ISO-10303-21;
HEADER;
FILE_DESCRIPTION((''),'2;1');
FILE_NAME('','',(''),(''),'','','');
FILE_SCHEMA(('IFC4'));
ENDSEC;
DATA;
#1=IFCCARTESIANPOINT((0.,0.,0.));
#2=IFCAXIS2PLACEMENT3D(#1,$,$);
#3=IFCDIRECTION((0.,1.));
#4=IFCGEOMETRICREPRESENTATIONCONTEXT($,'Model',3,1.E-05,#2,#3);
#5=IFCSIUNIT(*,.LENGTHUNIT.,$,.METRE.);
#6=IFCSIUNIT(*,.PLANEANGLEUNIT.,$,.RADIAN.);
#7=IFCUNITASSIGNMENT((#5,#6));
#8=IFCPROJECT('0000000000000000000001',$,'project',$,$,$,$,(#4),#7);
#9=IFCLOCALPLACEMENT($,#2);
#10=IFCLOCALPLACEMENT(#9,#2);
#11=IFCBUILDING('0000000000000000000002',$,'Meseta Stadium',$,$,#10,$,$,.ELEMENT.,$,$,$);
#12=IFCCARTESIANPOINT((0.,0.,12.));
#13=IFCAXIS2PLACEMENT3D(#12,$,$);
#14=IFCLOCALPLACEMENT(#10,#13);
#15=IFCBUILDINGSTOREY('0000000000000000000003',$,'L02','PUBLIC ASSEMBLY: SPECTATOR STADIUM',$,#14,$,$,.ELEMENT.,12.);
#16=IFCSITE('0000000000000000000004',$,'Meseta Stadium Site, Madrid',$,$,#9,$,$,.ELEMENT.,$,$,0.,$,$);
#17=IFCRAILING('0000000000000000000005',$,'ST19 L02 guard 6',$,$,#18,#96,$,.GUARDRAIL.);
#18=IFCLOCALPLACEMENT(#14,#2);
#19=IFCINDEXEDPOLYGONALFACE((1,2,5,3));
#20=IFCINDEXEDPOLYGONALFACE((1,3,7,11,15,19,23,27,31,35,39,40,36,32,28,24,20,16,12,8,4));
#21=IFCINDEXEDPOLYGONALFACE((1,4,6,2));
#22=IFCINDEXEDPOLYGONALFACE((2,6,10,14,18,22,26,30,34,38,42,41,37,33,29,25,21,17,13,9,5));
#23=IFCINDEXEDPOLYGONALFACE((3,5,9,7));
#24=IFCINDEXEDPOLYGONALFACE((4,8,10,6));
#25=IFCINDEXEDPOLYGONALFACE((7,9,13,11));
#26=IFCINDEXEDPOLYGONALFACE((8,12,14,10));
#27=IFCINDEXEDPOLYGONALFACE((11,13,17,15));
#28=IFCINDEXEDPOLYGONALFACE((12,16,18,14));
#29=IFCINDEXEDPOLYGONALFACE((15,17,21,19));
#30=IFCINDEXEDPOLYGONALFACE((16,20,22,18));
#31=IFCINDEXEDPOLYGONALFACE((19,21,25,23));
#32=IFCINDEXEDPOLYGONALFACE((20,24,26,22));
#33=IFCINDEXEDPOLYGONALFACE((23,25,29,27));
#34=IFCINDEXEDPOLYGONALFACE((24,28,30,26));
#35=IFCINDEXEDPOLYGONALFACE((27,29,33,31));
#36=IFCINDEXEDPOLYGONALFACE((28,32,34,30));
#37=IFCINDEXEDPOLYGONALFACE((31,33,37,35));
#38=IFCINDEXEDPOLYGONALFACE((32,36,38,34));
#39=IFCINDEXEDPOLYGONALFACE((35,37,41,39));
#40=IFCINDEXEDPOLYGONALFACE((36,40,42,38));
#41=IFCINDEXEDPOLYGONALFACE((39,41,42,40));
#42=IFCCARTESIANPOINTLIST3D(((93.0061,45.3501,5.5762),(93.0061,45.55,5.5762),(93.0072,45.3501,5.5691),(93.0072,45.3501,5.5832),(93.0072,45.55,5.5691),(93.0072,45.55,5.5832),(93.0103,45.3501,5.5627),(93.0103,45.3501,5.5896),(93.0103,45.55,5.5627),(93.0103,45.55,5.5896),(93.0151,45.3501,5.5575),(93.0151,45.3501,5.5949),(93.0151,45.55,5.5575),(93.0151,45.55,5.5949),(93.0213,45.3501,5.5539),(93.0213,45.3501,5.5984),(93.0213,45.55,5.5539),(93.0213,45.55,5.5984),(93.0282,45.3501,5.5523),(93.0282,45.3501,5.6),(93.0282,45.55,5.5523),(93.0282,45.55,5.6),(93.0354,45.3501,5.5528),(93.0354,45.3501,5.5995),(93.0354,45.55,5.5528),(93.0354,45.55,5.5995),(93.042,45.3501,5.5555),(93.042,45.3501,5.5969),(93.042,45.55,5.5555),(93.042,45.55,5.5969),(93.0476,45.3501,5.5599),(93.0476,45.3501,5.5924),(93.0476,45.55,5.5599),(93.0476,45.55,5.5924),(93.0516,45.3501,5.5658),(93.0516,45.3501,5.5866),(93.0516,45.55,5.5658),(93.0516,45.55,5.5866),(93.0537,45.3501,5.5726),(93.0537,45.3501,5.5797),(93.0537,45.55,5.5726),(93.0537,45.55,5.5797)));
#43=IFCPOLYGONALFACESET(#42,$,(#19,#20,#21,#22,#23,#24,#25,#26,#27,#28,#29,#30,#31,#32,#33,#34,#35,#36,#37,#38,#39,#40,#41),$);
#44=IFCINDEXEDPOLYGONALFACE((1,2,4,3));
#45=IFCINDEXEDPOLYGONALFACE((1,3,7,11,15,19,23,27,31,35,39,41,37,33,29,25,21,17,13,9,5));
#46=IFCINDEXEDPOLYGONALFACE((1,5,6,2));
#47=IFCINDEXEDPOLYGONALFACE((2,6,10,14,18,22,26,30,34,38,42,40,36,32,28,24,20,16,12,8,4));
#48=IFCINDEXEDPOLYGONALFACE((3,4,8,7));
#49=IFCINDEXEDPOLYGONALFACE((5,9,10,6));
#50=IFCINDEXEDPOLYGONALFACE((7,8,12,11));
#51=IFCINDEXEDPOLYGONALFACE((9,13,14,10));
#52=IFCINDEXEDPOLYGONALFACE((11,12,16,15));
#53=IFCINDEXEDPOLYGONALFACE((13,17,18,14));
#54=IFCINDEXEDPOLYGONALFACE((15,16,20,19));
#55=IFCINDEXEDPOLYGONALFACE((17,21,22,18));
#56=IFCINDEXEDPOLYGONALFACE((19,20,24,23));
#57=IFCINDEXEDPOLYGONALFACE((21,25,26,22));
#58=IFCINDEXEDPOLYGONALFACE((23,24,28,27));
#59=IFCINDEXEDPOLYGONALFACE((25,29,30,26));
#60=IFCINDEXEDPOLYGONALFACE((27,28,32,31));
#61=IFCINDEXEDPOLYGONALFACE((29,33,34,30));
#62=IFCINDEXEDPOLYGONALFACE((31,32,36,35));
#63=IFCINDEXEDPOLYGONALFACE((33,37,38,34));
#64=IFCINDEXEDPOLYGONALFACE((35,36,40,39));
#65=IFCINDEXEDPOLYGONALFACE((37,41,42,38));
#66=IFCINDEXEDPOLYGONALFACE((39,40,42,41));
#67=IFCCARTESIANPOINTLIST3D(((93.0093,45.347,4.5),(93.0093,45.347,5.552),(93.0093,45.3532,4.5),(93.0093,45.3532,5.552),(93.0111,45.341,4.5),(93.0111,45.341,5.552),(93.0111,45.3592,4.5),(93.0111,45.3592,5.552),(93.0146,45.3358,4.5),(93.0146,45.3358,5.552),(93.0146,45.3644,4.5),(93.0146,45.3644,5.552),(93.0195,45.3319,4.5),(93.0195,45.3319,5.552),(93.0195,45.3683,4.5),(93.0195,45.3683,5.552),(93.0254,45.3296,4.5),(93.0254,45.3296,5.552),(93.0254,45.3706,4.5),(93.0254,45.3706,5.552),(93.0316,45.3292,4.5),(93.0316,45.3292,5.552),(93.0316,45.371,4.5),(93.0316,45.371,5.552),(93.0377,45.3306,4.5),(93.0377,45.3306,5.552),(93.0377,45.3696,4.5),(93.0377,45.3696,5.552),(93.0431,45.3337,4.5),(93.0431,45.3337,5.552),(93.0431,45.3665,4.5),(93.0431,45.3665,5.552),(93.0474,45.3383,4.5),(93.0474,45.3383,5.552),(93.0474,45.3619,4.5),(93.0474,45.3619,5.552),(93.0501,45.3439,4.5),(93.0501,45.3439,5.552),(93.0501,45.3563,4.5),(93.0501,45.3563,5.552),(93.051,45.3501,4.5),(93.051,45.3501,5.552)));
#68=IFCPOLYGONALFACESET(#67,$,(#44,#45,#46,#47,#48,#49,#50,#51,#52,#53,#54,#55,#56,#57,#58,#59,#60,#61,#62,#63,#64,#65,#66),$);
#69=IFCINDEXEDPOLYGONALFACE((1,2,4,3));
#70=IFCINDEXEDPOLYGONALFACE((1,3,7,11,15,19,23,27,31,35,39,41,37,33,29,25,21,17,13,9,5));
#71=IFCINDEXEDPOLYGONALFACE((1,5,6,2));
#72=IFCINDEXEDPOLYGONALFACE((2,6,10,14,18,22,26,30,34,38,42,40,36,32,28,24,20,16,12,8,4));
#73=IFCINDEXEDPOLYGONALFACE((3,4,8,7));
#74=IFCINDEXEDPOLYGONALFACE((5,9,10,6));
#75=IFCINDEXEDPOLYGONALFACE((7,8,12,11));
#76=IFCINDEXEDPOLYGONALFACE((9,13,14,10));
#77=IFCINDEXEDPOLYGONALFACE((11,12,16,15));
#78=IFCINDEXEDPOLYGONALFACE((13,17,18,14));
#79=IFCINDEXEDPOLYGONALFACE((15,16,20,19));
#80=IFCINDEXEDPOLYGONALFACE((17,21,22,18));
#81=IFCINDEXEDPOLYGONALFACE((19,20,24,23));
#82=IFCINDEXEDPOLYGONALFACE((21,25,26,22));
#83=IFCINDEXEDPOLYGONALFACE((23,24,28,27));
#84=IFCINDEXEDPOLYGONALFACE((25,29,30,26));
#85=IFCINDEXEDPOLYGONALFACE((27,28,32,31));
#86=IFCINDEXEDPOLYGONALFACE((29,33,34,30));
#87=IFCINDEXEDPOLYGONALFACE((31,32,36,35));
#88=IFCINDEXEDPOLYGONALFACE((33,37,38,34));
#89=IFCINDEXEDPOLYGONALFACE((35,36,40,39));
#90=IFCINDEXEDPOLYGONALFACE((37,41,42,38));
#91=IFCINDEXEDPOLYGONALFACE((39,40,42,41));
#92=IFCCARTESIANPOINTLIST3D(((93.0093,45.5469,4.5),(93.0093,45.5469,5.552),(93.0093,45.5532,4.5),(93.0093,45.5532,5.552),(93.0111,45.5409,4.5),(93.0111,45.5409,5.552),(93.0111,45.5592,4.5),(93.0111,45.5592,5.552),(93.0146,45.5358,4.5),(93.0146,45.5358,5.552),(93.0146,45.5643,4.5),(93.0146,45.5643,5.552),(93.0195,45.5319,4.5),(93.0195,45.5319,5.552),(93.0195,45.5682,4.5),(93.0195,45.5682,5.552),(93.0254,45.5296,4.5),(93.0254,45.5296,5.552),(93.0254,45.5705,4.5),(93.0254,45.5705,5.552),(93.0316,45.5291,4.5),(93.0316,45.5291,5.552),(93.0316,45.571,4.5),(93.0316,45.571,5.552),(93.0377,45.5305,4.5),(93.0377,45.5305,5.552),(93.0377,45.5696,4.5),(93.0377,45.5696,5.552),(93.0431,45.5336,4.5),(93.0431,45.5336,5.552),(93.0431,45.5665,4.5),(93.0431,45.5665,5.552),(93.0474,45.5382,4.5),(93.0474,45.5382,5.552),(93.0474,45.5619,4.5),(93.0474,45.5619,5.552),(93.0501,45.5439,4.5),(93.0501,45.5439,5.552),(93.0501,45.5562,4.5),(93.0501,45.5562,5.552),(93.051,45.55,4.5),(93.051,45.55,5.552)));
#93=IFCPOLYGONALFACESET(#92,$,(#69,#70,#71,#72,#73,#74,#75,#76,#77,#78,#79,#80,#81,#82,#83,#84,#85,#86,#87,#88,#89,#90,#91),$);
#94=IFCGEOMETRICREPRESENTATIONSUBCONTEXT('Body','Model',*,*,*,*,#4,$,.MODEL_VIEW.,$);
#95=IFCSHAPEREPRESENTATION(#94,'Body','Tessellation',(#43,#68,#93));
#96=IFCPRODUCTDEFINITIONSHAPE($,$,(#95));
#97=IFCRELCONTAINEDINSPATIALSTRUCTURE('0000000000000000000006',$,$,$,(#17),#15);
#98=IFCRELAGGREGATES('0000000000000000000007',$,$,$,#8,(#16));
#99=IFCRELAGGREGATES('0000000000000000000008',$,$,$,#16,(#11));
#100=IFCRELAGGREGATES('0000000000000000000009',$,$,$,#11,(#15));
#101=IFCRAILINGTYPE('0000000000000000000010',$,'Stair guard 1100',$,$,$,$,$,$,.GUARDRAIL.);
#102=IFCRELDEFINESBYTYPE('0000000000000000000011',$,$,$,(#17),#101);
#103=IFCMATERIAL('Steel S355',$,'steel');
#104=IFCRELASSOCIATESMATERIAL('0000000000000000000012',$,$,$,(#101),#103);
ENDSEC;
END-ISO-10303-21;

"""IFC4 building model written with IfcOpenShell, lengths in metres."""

from ifc_helpers import new_model, si_unit, direction, frame, origin, origin_2d, place, context, subcontext, project, spatial, circle, extrude, material, type_object, element, save


model = new_model("IFC4")

# Units and contexts
model_context = context("Model", 3, precision=1e-05, world=origin(), true_north=direction((0.0, 1.0)))
body_context = subcontext(model_context, "Body", "Model", "MODEL_VIEW")
ifc_project = project(units=[si_unit("LENGTHUNIT", "METRE"), si_unit("PLANEANGLEUNIT", "RADIAN")], contexts=[model_context])

# Site, building, storey
site_placement = place(None, origin())
site = spatial("IfcSite", under=ifc_project, at=site_placement, Name="Meseta Stadium Site, Madrid", CompositionType="ELEMENT", RefElevation=0.0)
building_placement = place(site_placement, origin())
building = spatial("IfcBuilding", under=site, at=building_placement, Name="Meseta Stadium", CompositionType="ELEMENT")
storey_placement = place(building_placement, frame((0.0, 0.0, 12.0)))
storey = spatial("IfcBuildingStorey", under=building, at=storey_placement, Name="L02", Description="PUBLIC ASSEMBLY: SPECTATOR STADIUM", CompositionType="ELEMENT", Elevation=12.0)

# Railing
ifc_material_1 = material(Name="Steel S355", Category="steel")
railing_type_1 = type_object("IfcRailingType", Name="Stair guard 1100", PredefinedType="GUARDRAIL", material=ifc_material_1)
railing_1_placement = place(storey_placement, frame((93.03, 45.3501, 4.5)))
element("IfcRailing", 1, at=railing_1_placement, inside=storey, type_object=railing_type_1, Name="ST19 L02 guard 6", PredefinedType="GUARDRAIL", context=body_context, shape_type="SweptSolid", body=[
    extrude(circle(Radius=0.0239, at=origin_2d()), frame((0.0, 0.0, 1.0762), z_axis=(0.0, 1.0, 0.0), x_axis=(-1.0, 0.0, 0.0)), (0.0, 0.0, 1.0), 0.2),
    extrude(circle(Radius=0.021, at=origin_2d()), origin(), (0.0, 0.0, 1.0), 1.052),
    extrude(circle(Radius=0.021, at=origin_2d()), frame((0.0, 0.2, 0.0)), (0.0, 0.0, 1.0), 1.052),
])

save(model, "model.ifc")
